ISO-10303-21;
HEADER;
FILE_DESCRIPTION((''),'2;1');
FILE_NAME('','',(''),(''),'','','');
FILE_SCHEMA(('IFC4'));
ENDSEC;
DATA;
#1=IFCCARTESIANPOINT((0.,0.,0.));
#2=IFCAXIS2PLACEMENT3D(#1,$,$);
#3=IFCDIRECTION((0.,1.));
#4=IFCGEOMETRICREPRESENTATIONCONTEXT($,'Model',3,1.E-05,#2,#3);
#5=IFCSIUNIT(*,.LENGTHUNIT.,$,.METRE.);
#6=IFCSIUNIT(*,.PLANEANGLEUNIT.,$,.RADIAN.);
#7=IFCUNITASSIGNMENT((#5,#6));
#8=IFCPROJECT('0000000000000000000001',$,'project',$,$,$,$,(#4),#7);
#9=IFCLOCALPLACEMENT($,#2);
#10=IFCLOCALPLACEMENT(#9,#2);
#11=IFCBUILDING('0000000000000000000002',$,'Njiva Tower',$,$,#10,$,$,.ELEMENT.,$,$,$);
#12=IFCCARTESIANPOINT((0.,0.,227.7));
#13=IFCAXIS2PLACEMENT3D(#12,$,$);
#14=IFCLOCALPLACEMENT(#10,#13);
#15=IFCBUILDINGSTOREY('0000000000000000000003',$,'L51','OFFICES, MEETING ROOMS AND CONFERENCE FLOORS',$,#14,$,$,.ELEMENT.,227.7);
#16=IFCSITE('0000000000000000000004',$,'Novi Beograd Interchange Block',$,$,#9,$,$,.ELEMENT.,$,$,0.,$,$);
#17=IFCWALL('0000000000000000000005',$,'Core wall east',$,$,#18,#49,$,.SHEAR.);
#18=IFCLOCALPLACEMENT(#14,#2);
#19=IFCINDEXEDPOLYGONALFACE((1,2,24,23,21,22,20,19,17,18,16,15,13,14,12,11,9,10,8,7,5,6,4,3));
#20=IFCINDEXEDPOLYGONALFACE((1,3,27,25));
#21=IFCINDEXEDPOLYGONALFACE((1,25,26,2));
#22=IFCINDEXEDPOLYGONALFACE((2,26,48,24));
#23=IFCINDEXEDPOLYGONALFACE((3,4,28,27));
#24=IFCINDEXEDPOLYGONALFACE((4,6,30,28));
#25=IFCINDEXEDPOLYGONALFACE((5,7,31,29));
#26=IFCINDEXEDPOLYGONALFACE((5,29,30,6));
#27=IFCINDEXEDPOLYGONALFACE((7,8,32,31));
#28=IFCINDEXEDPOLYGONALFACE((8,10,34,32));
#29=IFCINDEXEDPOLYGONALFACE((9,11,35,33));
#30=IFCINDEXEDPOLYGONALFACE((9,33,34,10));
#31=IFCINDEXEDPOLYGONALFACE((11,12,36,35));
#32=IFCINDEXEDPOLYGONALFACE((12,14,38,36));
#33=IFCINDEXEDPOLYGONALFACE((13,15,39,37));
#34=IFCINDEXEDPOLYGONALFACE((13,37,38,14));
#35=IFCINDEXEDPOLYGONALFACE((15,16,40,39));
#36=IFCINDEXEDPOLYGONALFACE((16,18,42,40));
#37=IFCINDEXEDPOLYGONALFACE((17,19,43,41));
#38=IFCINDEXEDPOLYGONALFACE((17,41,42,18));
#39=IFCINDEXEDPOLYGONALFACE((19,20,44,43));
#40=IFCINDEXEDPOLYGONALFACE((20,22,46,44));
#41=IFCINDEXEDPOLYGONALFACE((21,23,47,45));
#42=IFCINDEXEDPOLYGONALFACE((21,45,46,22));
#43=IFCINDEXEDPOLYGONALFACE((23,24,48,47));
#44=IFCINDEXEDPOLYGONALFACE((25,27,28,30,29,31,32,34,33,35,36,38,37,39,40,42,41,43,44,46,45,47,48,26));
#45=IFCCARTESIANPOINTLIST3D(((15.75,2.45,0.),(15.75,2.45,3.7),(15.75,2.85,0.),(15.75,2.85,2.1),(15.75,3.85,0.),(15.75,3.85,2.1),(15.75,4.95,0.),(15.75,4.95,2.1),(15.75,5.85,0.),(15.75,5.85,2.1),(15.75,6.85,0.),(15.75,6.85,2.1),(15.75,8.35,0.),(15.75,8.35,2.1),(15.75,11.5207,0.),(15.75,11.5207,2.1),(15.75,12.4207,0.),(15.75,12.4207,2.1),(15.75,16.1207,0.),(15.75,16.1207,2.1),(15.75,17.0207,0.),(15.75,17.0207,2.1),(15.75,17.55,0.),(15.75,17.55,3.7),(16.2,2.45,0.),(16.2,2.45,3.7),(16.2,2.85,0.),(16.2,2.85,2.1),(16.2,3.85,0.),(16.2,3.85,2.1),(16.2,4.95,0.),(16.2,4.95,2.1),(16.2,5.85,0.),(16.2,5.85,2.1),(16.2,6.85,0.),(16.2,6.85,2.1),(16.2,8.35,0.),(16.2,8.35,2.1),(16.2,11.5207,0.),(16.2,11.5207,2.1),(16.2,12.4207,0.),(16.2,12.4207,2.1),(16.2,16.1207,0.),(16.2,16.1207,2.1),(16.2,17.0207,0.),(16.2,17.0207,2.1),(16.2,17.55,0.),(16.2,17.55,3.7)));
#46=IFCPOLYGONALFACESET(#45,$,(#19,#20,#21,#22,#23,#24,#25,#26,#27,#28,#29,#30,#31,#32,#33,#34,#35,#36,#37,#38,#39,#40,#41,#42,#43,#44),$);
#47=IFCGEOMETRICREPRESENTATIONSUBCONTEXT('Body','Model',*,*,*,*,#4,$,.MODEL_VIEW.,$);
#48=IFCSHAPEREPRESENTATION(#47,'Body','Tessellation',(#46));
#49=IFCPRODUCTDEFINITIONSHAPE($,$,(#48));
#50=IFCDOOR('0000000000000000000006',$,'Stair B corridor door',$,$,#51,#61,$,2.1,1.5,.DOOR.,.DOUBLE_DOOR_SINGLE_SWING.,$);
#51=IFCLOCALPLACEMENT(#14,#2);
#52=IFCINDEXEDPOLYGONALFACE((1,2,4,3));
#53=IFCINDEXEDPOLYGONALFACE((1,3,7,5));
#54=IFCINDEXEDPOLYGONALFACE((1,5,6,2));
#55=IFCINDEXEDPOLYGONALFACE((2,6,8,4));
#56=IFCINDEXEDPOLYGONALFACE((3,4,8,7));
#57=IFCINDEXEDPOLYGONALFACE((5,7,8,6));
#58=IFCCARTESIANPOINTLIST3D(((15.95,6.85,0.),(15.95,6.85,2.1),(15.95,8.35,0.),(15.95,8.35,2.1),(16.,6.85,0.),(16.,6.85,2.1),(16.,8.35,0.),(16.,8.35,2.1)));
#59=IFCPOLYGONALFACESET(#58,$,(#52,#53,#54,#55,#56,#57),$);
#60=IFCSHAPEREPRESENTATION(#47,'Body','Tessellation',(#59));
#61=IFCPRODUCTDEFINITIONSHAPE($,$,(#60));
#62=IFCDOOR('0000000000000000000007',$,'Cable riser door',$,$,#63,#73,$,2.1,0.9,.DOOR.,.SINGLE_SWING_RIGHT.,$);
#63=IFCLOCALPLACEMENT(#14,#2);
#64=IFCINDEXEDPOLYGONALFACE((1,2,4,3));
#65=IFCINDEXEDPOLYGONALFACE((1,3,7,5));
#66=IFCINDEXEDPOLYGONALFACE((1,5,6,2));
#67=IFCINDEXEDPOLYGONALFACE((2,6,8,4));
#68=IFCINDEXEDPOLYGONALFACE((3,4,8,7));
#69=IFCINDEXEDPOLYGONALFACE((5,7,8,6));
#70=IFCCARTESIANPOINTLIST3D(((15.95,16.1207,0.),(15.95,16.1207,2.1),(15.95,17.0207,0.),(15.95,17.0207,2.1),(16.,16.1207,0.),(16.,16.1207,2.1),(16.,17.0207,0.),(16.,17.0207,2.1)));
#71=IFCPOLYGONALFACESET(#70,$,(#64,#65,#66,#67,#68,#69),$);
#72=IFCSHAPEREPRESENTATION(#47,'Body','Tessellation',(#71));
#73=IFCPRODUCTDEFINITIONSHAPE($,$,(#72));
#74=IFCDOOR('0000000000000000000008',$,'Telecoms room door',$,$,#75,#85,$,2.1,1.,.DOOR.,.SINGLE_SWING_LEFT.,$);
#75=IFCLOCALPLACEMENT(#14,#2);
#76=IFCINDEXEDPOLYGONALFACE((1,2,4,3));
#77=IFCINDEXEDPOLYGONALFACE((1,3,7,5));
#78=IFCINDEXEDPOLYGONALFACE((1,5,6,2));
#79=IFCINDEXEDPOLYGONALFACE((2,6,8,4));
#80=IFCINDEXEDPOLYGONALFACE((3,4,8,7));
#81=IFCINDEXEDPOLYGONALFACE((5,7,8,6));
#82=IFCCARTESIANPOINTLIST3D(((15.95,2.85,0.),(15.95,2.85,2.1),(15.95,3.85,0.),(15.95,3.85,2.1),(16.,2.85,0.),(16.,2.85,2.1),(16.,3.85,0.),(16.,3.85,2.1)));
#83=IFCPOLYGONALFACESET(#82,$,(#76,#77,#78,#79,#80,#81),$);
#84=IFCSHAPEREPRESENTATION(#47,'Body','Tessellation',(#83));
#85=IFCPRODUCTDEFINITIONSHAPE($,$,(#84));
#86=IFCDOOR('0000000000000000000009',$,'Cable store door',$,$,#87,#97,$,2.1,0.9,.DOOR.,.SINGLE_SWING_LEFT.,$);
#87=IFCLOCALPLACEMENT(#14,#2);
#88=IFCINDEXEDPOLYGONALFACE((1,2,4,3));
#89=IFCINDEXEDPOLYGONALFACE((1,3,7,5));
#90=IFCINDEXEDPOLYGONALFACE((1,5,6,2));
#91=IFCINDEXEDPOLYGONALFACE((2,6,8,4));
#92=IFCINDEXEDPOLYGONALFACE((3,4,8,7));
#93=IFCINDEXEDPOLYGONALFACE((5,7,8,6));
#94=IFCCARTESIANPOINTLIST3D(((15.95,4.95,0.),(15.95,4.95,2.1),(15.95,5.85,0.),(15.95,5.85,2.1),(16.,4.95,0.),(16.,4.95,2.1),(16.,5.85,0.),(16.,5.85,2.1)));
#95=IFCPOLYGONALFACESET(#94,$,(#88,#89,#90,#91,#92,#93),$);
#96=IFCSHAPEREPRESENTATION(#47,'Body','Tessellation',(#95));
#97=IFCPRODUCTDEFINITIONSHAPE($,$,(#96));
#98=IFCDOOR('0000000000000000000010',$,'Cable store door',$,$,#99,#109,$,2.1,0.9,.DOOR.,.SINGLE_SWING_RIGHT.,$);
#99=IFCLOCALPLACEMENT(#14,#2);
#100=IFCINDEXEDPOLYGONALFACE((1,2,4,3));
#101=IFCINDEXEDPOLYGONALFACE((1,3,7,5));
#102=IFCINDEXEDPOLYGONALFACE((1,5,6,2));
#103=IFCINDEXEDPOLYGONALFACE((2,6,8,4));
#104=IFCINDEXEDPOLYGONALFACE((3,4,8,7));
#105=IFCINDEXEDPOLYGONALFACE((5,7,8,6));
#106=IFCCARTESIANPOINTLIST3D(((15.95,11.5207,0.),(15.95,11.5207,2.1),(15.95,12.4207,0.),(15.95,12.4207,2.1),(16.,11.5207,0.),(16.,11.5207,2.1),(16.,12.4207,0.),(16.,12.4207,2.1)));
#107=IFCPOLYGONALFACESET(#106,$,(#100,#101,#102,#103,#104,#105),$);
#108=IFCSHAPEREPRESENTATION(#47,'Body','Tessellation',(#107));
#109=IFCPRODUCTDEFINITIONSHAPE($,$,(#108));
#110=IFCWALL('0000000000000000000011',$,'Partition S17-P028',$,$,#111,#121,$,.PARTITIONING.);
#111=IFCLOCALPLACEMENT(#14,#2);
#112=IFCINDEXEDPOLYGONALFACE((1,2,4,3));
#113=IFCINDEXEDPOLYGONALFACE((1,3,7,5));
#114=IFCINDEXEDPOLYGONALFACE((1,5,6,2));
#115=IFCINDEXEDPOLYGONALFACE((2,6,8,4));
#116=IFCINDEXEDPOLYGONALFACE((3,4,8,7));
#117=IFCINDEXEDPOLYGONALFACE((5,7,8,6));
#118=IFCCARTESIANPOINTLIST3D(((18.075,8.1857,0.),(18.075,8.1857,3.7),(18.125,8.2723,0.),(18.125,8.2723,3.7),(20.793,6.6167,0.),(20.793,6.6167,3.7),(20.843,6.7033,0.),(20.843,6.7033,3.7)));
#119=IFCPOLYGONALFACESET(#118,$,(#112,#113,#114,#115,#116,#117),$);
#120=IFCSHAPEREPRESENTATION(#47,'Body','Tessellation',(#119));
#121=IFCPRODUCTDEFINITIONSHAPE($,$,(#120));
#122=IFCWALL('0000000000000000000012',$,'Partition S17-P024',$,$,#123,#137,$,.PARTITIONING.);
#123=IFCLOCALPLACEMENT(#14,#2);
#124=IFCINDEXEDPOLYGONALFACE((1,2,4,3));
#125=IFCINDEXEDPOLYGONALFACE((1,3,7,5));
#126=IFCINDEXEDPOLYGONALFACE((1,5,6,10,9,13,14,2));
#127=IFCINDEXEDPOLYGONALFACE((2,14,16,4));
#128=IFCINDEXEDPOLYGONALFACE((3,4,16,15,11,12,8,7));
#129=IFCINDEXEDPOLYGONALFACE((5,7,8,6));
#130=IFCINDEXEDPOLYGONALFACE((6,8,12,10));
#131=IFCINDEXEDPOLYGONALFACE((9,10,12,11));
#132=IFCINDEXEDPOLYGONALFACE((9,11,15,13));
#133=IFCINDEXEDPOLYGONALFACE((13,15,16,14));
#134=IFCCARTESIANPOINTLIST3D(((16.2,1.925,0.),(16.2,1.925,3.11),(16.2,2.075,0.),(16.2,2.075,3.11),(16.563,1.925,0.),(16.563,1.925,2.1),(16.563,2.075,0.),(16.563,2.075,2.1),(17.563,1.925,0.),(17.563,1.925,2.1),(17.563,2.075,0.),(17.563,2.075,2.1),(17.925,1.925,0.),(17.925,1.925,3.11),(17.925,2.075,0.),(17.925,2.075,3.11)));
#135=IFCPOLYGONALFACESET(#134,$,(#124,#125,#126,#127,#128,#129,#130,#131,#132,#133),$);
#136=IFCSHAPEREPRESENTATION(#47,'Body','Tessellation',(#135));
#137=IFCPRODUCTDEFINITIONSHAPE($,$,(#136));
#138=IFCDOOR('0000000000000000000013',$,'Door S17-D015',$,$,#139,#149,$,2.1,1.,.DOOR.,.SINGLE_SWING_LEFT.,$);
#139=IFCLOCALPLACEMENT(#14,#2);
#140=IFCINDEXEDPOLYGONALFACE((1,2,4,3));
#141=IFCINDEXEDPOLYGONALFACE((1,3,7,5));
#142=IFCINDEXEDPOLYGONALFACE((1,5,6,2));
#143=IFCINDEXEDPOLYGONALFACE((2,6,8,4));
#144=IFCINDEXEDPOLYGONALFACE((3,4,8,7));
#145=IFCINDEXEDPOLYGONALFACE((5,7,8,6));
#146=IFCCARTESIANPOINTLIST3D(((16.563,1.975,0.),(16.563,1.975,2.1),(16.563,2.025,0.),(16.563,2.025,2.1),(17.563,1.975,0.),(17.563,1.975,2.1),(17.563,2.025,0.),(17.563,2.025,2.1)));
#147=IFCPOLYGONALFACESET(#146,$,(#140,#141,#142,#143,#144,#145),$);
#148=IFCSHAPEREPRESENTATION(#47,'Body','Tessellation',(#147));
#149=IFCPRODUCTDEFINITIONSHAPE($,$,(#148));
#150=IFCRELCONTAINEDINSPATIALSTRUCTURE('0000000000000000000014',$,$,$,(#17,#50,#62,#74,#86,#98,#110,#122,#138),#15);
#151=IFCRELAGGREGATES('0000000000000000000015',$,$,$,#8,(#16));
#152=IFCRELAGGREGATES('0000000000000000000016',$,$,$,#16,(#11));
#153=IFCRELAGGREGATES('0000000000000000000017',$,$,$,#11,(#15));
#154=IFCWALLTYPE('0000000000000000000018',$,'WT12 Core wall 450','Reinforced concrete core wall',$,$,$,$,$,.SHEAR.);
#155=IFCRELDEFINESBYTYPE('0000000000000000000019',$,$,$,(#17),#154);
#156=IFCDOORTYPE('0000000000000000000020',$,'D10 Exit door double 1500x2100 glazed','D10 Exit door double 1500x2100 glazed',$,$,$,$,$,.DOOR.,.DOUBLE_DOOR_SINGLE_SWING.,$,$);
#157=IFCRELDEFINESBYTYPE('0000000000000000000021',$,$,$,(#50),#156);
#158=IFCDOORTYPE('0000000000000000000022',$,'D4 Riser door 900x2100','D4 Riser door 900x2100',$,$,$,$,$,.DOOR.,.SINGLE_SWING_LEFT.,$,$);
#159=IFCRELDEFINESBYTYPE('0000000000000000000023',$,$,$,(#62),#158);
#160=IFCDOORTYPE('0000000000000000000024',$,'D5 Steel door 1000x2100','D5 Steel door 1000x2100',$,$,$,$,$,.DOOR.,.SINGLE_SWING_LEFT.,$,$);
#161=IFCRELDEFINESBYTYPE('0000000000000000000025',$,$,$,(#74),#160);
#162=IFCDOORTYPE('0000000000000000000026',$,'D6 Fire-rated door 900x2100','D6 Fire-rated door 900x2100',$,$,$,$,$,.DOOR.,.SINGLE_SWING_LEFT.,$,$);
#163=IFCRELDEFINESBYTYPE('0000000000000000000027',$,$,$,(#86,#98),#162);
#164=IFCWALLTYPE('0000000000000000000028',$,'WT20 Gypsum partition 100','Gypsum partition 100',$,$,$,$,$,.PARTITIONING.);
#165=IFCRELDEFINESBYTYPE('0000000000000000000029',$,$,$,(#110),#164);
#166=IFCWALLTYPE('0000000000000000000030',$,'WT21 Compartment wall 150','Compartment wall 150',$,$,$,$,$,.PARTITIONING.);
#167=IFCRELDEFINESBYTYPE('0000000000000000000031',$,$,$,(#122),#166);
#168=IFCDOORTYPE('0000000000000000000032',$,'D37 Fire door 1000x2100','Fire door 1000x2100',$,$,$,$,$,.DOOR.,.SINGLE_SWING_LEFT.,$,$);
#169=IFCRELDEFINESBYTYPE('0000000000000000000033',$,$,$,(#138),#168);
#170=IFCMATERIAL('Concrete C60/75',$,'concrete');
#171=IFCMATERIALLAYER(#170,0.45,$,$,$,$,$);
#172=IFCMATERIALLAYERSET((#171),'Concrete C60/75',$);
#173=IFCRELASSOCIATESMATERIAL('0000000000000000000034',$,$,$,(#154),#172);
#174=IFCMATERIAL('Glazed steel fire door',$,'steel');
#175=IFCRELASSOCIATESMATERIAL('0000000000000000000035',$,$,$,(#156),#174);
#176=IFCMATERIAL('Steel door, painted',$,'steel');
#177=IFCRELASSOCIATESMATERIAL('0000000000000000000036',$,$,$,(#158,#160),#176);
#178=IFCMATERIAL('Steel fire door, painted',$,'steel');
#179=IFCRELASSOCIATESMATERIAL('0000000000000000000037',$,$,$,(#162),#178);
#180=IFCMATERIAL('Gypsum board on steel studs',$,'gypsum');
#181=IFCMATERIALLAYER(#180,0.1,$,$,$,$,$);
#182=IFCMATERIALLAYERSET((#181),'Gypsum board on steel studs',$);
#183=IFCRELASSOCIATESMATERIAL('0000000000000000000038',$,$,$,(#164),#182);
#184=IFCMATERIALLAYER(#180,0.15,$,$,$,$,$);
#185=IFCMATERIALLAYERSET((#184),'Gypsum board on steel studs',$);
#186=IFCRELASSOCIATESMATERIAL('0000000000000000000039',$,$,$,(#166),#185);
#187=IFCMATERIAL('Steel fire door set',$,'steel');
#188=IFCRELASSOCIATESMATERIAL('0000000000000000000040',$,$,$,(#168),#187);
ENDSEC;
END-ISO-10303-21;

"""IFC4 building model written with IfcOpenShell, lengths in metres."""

from ifc_helpers import new_model, si_unit, direction, frame, frame_2d, origin, place, context, subcontext, project, spatial, rectangle, extrude, material, layer, layer_set, type_object, element, fill, save


model = new_model("IFC4")

# Units and contexts
model_context = context("Model", 3, precision=1e-05, world=origin(), true_north=direction((0.0, 1.0)))
body_context = subcontext(model_context, "Body", "Model", "MODEL_VIEW")
ifc_project = project(units=[si_unit("LENGTHUNIT", "METRE"), si_unit("PLANEANGLEUNIT", "RADIAN")], contexts=[model_context])

# Site, building, storey
site_placement = place(None, origin())
site = spatial("IfcSite", under=ifc_project, at=site_placement, Name="Novi Beograd Interchange Block", CompositionType="ELEMENT", RefElevation=0.0)
building_placement = place(site_placement, origin())
building = spatial("IfcBuilding", under=site, at=building_placement, Name="Njiva Tower", CompositionType="ELEMENT")
storey_placement = place(building_placement, frame((0.0, 0.0, 227.7)))
storey = spatial("IfcBuildingStorey", under=building, at=storey_placement, Name="L51", Description="OFFICES, MEETING ROOMS AND CONFERENCE FLOORS", CompositionType="ELEMENT", Elevation=227.7)

# Wall, openings, doors
ifc_material_1 = material(Name="Concrete C60/75", Category="concrete")
ifc_layer_1 = layer(ifc_material_1, 0.45)
ifc_layer_set_1 = layer_set([ifc_layer_1], Name="Concrete C60/75")
wall_type_1 = type_object("IfcWallType", Name="WT12 Core wall 450", Description="Reinforced concrete core wall", PredefinedType="SHEAR", material=ifc_layer_set_1)
wall_1_placement = place(storey_placement, frame((15.975, 2.45, 0.0), z_axis=(0.0, 0.0, 1.0), x_axis=(0.0, 1.0, 0.0)))
wall_1 = element("IfcWall", 1, at=wall_1_placement, inside=storey, type_object=wall_type_1, Name="Core wall east", PredefinedType="SHEAR", context=body_context, shape_type="SweptSolid", body=[
    extrude(rectangle(XDim=15.1, YDim=0.45, at=frame_2d((7.55, 0.0))), origin(), (0.0, 0.0, 1.0), 3.7),
])
opening_1_placement = place(wall_1_placement, frame((4.4, 0.0, 0.0)))
opening_1 = element("IfcOpeningElement", 2, at=opening_1_placement, cuts=wall_1, PredefinedType="OPENING", context=body_context, shape_type="SweptSolid", body=[
    extrude(rectangle(XDim=1.5, YDim=2.1, at=frame_2d((0.75, 1.05))), frame((0.0, 0.235, 0.0), z_axis=(0.0, -1.0, 0.0), x_axis=(1.0, 0.0, 0.0)), (0.0, 0.0, 1.0), 0.47),
])
opening_2_placement = place(wall_1_placement, frame((0.4, 0.0, 0.0)))
opening_2 = element("IfcOpeningElement", 3, at=opening_2_placement, cuts=wall_1, PredefinedType="OPENING", context=body_context, shape_type="SweptSolid", body=[
    extrude(rectangle(XDim=1.0, YDim=2.1, at=frame_2d((0.5, 1.05))), frame((0.0, 0.235, 0.0), z_axis=(0.0, -1.0, 0.0), x_axis=(1.0, 0.0, 0.0)), (0.0, 0.0, 1.0), 0.47),
])
opening_3_placement = place(wall_1_placement, frame((2.5, 0.0, 0.0)))
opening_3 = element("IfcOpeningElement", 4, at=opening_3_placement, cuts=wall_1, PredefinedType="OPENING", context=body_context, shape_type="SweptSolid", body=[
    extrude(rectangle(XDim=0.9, YDim=2.1, at=frame_2d((0.45, 1.05))), frame((0.0, 0.235, 0.0), z_axis=(0.0, -1.0, 0.0), x_axis=(1.0, 0.0, 0.0)), (0.0, 0.0, 1.0), 0.47),
])
opening_4_placement = place(wall_1_placement, frame((9.0707, 0.0, 0.0)))
opening_4 = element("IfcOpeningElement", 5, at=opening_4_placement, cuts=wall_1, PredefinedType="OPENING", context=body_context, shape_type="SweptSolid", body=[
    extrude(rectangle(XDim=0.9, YDim=2.1, at=frame_2d((0.45, 1.05))), frame((0.0, 0.235, 0.0), z_axis=(0.0, -1.0, 0.0), x_axis=(1.0, 0.0, 0.0)), (0.0, 0.0, 1.0), 0.47),
])
opening_5_placement = place(wall_1_placement, frame((13.6707, 0.0, 0.0)))
opening_5 = element("IfcOpeningElement", 6, at=opening_5_placement, cuts=wall_1, PredefinedType="OPENING", context=body_context, shape_type="SweptSolid", body=[
    extrude(rectangle(XDim=0.9, YDim=2.1, at=frame_2d((0.45, 1.05))), frame((0.0, 0.235, 0.0), z_axis=(0.0, -1.0, 0.0), x_axis=(1.0, 0.0, 0.0)), (0.0, 0.0, 1.0), 0.47),
])
ifc_material_2 = material(Name="Glazed steel fire door", Category="steel")
door_type_1 = type_object("IfcDoorType", Name="D10 Exit door double 1500x2100 glazed", Description="D10 Exit door double 1500x2100 glazed", OperationType="DOUBLE_DOOR_SINGLE_SWING", PredefinedType="DOOR", material=ifc_material_2)
door_1_placement = place(opening_1_placement, origin())
door_1 = element("IfcDoor", 7, at=door_1_placement, inside=storey, type_object=door_type_1, Name="Stair B corridor door", OperationType="DOUBLE_DOOR_SINGLE_SWING", OverallHeight=2.1, OverallWidth=1.5, PredefinedType="DOOR", context=body_context, shape_type="SweptSolid", body=[
    extrude(rectangle(XDim=1.5, YDim=2.1, at=frame_2d((0.75, 1.05))), frame((0.0, 0.025, 0.0), z_axis=(0.0, -1.0, 0.0), x_axis=(1.0, 0.0, 0.0)), (0.0, 0.0, 1.0), 0.05),
])
fill(opening_1, door_1)
ifc_material_3 = material(Name="Steel door, painted", Category="steel")
door_type_2 = type_object("IfcDoorType", Name="D4 Riser door 900x2100", Description="D4 Riser door 900x2100", OperationType="SINGLE_SWING_LEFT", PredefinedType="DOOR", material=ifc_material_3)
door_2_placement = place(opening_5_placement, origin())
door_2 = element("IfcDoor", 8, at=door_2_placement, inside=storey, type_object=door_type_2, Name="Cable riser door", OperationType="SINGLE_SWING_RIGHT", OverallHeight=2.1, OverallWidth=0.9, PredefinedType="DOOR", context=body_context, shape_type="SweptSolid", body=[
    extrude(rectangle(XDim=0.9, YDim=2.1, at=frame_2d((0.45, 1.05))), frame((0.0, 0.025, 0.0), z_axis=(0.0, -1.0, 0.0), x_axis=(1.0, 0.0, 0.0)), (0.0, 0.0, 1.0), 0.05),
])
fill(opening_5, door_2)
door_type_3 = type_object("IfcDoorType", Name="D5 Steel door 1000x2100", Description="D5 Steel door 1000x2100", OperationType="SINGLE_SWING_LEFT", PredefinedType="DOOR", material=ifc_material_3)
door_3_placement = place(opening_2_placement, origin())
door_3 = element("IfcDoor", 9, at=door_3_placement, inside=storey, type_object=door_type_3, Name="Telecoms room door", OperationType="SINGLE_SWING_LEFT", OverallHeight=2.1, OverallWidth=1.0, PredefinedType="DOOR", context=body_context, shape_type="SweptSolid", body=[
    extrude(rectangle(XDim=1.0, YDim=2.1, at=frame_2d((0.5, 1.05))), frame((0.0, 0.025, 0.0), z_axis=(0.0, -1.0, 0.0), x_axis=(1.0, 0.0, 0.0)), (0.0, 0.0, 1.0), 0.05),
])
fill(opening_2, door_3)
ifc_material_4 = material(Name="Steel fire door, painted", Category="steel")
door_type_4 = type_object("IfcDoorType", Name="D6 Fire-rated door 900x2100", Description="D6 Fire-rated door 900x2100", OperationType="SINGLE_SWING_LEFT", PredefinedType="DOOR", material=ifc_material_4)
door_4_placement = place(opening_3_placement, origin())
door_4 = element("IfcDoor", 10, at=door_4_placement, inside=storey, type_object=door_type_4, Name="Cable store door", OperationType="SINGLE_SWING_LEFT", OverallHeight=2.1, OverallWidth=0.9, PredefinedType="DOOR", context=body_context, shape_type="SweptSolid", body=[
    extrude(rectangle(XDim=0.9, YDim=2.1, at=frame_2d((0.45, 1.05))), frame((0.0, 0.025, 0.0), z_axis=(0.0, -1.0, 0.0), x_axis=(1.0, 0.0, 0.0)), (0.0, 0.0, 1.0), 0.05),
])
fill(opening_3, door_4)
door_5_placement = place(opening_4_placement, origin())
door_5 = element("IfcDoor", 11, at=door_5_placement, inside=storey, type_object=door_type_4, Name="Cable store door", OperationType="SINGLE_SWING_RIGHT", OverallHeight=2.1, OverallWidth=0.9, PredefinedType="DOOR", context=body_context, shape_type="SweptSolid", body=[
    extrude(rectangle(XDim=0.9, YDim=2.1, at=frame_2d((0.45, 1.05))), frame((0.0, 0.025, 0.0), z_axis=(0.0, -1.0, 0.0), x_axis=(1.0, 0.0, 0.0)), (0.0, 0.0, 1.0), 0.05),
])
fill(opening_4, door_5)

# Wall
ifc_material_5 = material(Name="Gypsum board on steel studs", Category="gypsum")
ifc_layer_2 = layer(ifc_material_5, 0.1)
ifc_layer_set_2 = layer_set([ifc_layer_2], Name="Gypsum board on steel studs")
wall_type_2 = type_object("IfcWallType", Name="WT20 Gypsum partition 100", Description="Gypsum partition 100", PredefinedType="PARTITIONING", material=ifc_layer_set_2)
wall_2_placement = place(storey_placement, frame((18.1, 8.229, 0.0), z_axis=(0.0, 0.0, 1.0), x_axis=(0.866058, -0.499943, 0.0)))
element("IfcWall", 12, at=wall_2_placement, inside=storey, type_object=wall_type_2, Name="Partition S17-P028", PredefinedType="PARTITIONING", context=body_context, shape_type="SweptSolid", body=[
    extrude(rectangle(XDim=3.1384, YDim=0.1, at=frame_2d((1.5692, 0.0))), origin(), (0.0, 0.0, 1.0), 3.7),
])

# Wall, opening, door
ifc_layer_3 = layer(ifc_material_5, 0.15)
ifc_layer_set_3 = layer_set([ifc_layer_3], Name="Gypsum board on steel studs")
wall_type_3 = type_object("IfcWallType", Name="WT21 Compartment wall 150", Description="Compartment wall 150", PredefinedType="PARTITIONING", material=ifc_layer_set_3)
wall_3_placement = place(storey_placement, frame((16.2, 2.0, 0.0), z_axis=(0.0, 0.0, 1.0), x_axis=(1.0, 0.0, 0.0)))
wall_3 = element("IfcWall", 13, at=wall_3_placement, inside=storey, type_object=wall_type_3, Name="Partition S17-P024", PredefinedType="PARTITIONING", context=body_context, shape_type="SweptSolid", body=[
    extrude(rectangle(XDim=1.725, YDim=0.15, at=frame_2d((0.8625, 0.0))), origin(), (0.0, 0.0, 1.0), 3.11),
])
opening_6_placement = place(wall_3_placement, frame((0.363, 0.0, 0.0)))
opening_6 = element("IfcOpeningElement", 14, at=opening_6_placement, cuts=wall_3, PredefinedType="OPENING", context=body_context, shape_type="SweptSolid", body=[
    extrude(rectangle(XDim=1.0, YDim=2.1, at=frame_2d((0.5, 1.05))), frame((0.0, 0.085, 0.0), z_axis=(0.0, -1.0, 0.0), x_axis=(1.0, 0.0, 0.0)), (0.0, 0.0, 1.0), 0.17),
])
ifc_material_6 = material(Name="Steel fire door set", Category="steel")
door_type_5 = type_object("IfcDoorType", Name="D37 Fire door 1000x2100", Description="Fire door 1000x2100", OperationType="SINGLE_SWING_LEFT", PredefinedType="DOOR", material=ifc_material_6)
door_6_placement = place(opening_6_placement, origin())
door_6 = element("IfcDoor", 15, at=door_6_placement, inside=storey, type_object=door_type_5, Name="Door S17-D015", OperationType="SINGLE_SWING_LEFT", OverallHeight=2.1, OverallWidth=1.0, PredefinedType="DOOR", context=body_context, shape_type="SweptSolid", body=[
    extrude(rectangle(XDim=1.0, YDim=2.1, at=frame_2d((0.5, 1.05))), frame((0.0, 0.025, 0.0), z_axis=(0.0, -1.0, 0.0), x_axis=(1.0, 0.0, 0.0)), (0.0, 0.0, 1.0), 0.05),
])
fill(opening_6, door_6)

save(model, "model.ifc")
